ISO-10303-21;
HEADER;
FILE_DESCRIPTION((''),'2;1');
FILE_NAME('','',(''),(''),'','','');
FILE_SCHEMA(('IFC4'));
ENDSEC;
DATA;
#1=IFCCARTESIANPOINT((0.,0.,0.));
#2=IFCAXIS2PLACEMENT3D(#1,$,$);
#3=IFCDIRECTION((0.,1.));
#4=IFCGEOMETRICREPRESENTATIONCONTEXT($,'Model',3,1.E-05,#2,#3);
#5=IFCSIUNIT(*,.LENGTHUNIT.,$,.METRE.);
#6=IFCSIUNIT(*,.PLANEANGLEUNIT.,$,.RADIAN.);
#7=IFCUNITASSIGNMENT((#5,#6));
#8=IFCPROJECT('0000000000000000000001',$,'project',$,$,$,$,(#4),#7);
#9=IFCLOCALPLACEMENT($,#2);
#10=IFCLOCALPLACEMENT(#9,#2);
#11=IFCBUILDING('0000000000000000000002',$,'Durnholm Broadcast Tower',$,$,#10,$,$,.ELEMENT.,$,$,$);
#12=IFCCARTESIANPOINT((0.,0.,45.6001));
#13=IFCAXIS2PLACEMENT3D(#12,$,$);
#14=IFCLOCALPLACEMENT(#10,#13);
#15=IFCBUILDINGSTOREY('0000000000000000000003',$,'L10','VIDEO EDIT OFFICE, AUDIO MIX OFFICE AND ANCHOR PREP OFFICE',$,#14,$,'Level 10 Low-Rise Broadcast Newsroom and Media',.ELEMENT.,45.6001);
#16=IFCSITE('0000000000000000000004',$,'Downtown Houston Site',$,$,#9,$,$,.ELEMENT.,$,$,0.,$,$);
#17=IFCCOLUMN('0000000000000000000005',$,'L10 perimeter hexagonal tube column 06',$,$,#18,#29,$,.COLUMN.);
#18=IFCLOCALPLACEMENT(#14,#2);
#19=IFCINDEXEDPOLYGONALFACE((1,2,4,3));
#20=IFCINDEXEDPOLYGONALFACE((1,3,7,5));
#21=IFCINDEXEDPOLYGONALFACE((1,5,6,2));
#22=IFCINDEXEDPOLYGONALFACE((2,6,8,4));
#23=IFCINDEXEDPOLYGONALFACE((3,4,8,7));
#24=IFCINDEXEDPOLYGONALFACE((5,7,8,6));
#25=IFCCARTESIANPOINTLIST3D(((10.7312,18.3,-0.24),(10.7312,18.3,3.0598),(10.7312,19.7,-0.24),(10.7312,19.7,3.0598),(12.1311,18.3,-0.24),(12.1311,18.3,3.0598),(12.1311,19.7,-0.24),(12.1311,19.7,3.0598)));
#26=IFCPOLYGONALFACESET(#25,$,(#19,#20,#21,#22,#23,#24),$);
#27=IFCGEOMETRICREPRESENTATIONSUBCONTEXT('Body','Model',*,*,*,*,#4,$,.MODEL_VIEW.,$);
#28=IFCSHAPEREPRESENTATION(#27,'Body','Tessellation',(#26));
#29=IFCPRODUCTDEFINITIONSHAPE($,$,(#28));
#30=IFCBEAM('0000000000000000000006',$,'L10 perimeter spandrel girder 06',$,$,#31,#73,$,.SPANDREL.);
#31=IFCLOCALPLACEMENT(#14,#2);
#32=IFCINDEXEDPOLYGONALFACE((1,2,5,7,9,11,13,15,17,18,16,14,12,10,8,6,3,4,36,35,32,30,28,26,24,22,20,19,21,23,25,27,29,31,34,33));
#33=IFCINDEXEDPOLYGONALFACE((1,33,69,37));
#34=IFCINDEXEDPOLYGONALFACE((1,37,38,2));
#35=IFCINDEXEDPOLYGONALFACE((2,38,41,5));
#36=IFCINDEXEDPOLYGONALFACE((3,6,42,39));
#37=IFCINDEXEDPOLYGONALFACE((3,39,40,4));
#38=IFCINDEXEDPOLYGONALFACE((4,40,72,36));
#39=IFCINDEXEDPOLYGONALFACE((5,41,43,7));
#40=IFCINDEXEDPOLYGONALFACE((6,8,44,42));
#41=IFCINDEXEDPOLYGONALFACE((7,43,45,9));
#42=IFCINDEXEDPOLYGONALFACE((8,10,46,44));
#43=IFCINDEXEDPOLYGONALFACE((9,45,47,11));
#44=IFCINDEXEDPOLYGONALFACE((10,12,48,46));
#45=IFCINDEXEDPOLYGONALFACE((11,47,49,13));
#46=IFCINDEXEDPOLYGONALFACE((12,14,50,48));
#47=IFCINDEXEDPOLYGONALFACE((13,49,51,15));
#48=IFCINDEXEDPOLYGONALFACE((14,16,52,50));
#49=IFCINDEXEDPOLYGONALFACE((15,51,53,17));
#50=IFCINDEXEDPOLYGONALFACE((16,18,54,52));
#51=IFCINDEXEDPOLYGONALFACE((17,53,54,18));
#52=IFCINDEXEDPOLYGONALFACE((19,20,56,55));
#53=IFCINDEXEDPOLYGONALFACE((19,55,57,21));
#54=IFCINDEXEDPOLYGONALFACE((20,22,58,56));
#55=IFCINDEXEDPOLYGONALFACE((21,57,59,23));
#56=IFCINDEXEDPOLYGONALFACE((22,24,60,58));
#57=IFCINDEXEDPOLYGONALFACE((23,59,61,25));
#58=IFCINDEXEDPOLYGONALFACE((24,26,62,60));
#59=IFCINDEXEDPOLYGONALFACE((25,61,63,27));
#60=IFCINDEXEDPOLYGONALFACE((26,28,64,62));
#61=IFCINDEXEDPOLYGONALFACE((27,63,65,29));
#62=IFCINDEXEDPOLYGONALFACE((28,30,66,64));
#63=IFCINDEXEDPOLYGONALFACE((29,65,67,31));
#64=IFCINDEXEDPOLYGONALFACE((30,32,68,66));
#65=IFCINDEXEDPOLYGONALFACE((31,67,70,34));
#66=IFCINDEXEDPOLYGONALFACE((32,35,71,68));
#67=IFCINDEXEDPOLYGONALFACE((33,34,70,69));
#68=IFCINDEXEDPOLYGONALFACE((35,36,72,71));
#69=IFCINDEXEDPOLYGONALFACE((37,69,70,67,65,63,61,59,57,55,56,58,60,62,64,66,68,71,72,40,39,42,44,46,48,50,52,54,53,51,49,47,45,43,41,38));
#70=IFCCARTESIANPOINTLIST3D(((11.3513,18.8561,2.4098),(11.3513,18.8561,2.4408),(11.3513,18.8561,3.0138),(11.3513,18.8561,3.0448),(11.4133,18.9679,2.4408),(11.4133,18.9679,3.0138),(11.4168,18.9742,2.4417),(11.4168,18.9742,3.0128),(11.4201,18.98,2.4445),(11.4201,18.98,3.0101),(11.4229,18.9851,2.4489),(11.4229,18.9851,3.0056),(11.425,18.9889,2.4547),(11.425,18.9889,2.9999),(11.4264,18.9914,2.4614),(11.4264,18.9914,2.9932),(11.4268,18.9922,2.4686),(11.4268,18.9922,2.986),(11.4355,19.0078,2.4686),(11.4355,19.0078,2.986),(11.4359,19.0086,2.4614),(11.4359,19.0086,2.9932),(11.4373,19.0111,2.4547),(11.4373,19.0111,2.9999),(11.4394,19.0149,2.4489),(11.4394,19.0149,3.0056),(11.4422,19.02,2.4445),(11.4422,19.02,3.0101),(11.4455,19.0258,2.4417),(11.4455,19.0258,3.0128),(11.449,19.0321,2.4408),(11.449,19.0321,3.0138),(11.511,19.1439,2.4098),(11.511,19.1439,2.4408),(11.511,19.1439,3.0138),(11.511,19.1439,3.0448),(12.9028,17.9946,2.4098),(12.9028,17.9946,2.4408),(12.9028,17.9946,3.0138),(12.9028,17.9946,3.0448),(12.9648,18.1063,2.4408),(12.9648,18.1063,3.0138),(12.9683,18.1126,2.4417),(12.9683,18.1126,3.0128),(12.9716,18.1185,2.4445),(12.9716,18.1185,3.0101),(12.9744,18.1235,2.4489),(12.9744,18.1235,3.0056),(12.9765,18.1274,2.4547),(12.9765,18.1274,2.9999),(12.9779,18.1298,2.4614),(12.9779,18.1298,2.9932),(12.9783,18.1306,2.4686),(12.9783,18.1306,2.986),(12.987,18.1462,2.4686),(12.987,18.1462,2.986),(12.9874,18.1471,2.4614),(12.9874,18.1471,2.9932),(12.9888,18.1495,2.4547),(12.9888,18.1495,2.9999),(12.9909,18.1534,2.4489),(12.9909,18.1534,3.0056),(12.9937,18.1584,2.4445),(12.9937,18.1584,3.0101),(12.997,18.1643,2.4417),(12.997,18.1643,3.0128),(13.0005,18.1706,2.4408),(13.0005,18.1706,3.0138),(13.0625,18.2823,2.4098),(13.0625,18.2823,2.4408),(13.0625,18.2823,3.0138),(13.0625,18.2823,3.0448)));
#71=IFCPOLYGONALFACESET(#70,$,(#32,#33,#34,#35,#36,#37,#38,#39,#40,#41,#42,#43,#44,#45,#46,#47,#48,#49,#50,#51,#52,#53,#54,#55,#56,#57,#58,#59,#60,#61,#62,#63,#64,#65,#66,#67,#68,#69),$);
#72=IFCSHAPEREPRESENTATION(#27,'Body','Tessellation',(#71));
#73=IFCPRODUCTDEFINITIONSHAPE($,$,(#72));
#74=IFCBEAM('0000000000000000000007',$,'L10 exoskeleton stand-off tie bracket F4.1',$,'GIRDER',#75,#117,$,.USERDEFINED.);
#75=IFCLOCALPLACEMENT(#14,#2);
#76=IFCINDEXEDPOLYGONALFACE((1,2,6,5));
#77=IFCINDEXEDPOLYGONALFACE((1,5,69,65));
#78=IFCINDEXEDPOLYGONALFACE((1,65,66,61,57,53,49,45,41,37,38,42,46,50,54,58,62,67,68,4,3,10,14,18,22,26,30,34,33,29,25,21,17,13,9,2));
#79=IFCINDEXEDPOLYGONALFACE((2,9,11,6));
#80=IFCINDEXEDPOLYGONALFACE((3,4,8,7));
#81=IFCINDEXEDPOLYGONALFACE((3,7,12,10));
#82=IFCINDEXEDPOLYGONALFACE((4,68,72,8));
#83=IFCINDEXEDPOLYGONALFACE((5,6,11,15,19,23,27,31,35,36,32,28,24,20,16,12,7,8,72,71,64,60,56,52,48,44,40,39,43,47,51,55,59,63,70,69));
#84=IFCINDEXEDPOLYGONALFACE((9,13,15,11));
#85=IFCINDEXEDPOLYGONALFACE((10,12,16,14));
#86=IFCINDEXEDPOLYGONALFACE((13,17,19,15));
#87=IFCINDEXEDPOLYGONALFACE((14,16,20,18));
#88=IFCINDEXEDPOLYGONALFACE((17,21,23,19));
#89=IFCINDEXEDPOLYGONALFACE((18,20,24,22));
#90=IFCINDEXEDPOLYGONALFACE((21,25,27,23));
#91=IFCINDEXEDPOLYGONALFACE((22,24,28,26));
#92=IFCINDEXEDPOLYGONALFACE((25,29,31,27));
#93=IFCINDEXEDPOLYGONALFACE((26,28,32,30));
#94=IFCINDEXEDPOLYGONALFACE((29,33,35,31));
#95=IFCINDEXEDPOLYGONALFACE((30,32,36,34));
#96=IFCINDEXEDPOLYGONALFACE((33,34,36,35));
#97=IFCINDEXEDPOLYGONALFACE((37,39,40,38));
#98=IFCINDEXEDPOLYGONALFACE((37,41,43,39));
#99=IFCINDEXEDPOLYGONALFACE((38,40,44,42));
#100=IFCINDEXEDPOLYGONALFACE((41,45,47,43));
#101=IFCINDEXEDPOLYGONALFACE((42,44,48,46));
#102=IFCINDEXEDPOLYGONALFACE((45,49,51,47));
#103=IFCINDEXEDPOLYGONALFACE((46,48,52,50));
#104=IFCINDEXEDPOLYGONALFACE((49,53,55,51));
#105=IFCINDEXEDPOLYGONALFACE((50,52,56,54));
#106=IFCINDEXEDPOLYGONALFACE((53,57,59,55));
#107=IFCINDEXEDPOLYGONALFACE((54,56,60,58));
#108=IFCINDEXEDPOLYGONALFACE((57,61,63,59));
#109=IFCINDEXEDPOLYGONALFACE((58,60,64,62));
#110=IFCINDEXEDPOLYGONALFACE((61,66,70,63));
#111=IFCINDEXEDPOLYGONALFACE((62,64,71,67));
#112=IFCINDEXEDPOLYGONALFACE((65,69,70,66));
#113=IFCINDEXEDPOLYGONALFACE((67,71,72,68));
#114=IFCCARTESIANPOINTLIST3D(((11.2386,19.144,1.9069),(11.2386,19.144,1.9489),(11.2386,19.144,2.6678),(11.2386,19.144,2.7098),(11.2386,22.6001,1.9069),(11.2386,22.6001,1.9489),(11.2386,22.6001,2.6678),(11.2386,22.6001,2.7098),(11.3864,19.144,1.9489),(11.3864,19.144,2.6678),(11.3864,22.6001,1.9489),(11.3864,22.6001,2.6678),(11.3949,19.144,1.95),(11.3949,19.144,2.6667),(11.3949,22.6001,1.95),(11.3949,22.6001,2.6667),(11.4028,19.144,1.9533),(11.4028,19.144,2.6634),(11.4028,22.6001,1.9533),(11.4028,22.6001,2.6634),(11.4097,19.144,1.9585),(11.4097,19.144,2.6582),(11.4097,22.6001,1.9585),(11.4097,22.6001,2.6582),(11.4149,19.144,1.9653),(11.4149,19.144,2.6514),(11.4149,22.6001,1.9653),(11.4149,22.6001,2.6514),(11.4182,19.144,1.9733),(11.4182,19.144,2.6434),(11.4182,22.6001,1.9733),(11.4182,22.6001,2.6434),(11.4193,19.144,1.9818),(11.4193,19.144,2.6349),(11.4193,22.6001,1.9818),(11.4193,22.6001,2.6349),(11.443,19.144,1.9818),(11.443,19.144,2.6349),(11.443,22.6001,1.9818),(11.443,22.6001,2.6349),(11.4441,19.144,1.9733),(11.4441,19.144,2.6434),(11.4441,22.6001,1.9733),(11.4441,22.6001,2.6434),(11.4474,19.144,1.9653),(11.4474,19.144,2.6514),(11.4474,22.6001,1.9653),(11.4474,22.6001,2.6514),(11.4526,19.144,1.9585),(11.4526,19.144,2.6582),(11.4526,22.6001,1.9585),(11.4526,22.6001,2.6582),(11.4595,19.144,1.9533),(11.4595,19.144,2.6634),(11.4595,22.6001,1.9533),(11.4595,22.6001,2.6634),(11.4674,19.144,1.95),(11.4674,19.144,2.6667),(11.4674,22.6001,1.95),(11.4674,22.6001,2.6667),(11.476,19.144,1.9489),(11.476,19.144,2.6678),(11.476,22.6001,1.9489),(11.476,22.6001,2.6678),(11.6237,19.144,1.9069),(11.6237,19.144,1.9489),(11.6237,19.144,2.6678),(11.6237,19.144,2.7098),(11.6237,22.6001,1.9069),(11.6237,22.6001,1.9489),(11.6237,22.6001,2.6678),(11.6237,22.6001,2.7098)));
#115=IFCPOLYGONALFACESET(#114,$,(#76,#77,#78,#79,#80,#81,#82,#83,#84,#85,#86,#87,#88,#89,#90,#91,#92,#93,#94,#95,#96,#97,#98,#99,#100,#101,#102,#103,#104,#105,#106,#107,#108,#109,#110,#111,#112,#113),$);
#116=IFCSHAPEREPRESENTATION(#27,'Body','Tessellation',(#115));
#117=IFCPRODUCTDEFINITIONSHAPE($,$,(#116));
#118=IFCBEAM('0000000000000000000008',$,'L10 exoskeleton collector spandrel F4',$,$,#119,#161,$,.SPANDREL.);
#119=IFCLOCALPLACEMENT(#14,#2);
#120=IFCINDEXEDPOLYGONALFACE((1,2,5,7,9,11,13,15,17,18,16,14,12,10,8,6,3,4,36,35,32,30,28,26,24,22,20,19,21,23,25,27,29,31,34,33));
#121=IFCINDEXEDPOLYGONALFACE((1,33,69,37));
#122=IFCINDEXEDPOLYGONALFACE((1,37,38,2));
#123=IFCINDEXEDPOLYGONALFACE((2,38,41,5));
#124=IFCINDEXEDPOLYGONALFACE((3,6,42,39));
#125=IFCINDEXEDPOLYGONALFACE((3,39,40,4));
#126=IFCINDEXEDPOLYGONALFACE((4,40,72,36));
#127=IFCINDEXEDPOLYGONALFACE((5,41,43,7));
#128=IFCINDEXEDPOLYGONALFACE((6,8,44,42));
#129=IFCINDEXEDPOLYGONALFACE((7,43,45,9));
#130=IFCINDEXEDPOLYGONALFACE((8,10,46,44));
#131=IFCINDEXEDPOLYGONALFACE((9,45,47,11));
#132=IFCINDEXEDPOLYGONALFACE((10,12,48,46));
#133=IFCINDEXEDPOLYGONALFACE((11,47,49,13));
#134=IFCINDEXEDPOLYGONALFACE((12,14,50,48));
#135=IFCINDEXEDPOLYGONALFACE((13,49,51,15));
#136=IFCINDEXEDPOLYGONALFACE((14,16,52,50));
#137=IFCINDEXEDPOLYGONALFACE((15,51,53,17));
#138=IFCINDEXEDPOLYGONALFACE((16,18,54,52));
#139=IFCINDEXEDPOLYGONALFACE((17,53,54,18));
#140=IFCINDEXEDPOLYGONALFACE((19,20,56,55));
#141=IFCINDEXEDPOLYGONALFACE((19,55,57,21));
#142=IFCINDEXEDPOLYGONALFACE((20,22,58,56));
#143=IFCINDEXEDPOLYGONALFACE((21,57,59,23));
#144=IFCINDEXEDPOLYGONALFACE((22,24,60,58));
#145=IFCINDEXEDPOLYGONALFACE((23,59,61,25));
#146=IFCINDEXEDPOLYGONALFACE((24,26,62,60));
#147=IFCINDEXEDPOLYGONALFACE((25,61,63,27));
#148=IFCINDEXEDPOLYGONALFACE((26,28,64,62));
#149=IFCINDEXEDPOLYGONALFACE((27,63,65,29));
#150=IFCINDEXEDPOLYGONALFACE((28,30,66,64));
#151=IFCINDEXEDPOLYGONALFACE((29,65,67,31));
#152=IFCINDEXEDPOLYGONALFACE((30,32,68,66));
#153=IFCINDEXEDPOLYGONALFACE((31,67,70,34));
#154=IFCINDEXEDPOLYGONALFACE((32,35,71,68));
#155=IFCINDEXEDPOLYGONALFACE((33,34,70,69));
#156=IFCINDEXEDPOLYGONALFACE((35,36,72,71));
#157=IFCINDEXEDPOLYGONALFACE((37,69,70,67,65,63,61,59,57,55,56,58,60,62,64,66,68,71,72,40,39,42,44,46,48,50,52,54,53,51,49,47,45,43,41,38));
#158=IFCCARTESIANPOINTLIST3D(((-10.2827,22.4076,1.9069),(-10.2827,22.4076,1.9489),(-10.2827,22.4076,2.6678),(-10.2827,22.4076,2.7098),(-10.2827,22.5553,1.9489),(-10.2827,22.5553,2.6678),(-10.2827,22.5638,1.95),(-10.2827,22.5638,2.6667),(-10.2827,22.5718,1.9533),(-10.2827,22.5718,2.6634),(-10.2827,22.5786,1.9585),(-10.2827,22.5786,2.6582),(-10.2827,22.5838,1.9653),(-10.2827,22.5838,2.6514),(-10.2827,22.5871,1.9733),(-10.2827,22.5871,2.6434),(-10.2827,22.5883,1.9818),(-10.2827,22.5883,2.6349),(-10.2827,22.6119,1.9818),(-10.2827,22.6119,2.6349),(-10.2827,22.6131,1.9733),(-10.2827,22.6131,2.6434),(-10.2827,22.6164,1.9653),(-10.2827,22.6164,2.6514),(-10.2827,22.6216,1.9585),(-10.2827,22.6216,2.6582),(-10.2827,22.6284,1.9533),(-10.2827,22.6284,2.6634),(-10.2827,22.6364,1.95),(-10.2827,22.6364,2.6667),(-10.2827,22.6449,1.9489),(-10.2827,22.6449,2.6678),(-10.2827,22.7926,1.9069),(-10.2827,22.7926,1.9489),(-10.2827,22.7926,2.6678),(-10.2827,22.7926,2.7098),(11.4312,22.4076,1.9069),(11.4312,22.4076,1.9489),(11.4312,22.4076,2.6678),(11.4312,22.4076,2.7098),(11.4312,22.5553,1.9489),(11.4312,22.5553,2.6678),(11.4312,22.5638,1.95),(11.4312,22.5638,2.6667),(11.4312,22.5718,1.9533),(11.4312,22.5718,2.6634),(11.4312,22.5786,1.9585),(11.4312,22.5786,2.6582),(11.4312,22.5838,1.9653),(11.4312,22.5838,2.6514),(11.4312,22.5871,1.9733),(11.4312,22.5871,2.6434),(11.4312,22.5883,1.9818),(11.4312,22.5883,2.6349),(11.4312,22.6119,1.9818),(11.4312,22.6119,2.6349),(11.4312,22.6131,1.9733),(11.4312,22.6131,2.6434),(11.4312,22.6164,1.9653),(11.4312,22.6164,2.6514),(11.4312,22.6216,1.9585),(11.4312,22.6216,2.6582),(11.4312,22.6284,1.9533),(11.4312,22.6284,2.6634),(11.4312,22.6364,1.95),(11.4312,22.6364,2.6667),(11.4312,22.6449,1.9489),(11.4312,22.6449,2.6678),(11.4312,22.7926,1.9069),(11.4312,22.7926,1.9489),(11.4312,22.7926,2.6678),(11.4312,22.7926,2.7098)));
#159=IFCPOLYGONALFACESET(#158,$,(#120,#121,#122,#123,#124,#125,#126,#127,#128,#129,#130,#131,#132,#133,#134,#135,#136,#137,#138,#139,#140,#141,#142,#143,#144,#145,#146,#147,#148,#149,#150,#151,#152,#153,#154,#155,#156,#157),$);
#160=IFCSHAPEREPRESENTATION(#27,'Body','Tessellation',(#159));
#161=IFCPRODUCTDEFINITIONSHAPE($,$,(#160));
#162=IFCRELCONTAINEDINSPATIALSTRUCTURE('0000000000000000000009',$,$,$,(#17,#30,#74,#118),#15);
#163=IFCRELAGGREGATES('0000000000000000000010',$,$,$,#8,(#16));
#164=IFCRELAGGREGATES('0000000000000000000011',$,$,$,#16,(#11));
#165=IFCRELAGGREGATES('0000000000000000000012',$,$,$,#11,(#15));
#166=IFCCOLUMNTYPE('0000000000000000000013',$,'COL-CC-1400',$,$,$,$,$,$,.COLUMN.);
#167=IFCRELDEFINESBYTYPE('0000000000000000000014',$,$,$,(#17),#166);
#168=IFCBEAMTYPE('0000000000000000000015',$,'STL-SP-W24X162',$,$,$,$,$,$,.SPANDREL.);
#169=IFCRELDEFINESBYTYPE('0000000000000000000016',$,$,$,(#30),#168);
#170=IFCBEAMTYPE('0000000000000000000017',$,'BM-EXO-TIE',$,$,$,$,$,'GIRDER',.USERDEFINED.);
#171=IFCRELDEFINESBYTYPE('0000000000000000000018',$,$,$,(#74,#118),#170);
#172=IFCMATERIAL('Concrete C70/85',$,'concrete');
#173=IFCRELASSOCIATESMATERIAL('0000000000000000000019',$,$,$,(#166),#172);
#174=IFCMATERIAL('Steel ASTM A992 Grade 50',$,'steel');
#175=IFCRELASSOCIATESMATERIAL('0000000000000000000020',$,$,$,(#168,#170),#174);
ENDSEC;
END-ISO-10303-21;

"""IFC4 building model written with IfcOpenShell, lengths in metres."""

from ifc_helpers import new_model, si_unit, direction, frame, origin, origin_2d, place, context, subcontext, project, spatial, rectangle, i_section, extrude, source, transform, mapped, material, material_profile, profile_set, type_object, type_shapes, element, save


model = new_model("IFC4")

# Units and contexts
model_context = context("Model", 3, precision=1e-05, world=origin(), true_north=direction((0.0, 1.0)))
body_context = subcontext(model_context, "Body", "Model", "MODEL_VIEW")
ifc_project = project(units=[si_unit("LENGTHUNIT", "METRE"), si_unit("PLANEANGLEUNIT", "RADIAN")], contexts=[model_context])

# Site, building, storey
site_placement = place(None, origin())
site = spatial("IfcSite", under=ifc_project, at=site_placement, Name="Downtown Houston Site", CompositionType="ELEMENT", RefElevation=0.0)
building_placement = place(site_placement, origin())
building = spatial("IfcBuilding", under=site, at=building_placement, Name="Durnholm Broadcast Tower", CompositionType="ELEMENT")
storey_placement = place(building_placement, frame((0.0, 0.0, 45.6001)))
storey = spatial("IfcBuildingStorey", under=building, at=storey_placement, Name="L10", Description="VIDEO EDIT OFFICE, AUDIO MIX OFFICE AND ANCHOR PREP OFFICE", LongName="Level 10 Low-Rise Broadcast Newsroom and Media", CompositionType="ELEMENT", Elevation=45.6001)

# Column
ifc_material_1 = material(Name="Concrete C70/85", Category="concrete")
ifc_material_profile_1 = material_profile(ifc_material_1, rectangle(XDim=1.3999, YDim=1.3999, at=origin_2d()), Name="RC1400X1400")
ifc_profile_set_1 = profile_set([ifc_material_profile_1], Name="Concrete C70/85")
column_type = type_object("IfcColumnType", Name="COL-CC-1400", PredefinedType="COLUMN", material=ifc_profile_set_1)
shared_shape_1 = source(origin(), body_context, "Body", "SweptSolid", [
    extrude(rectangle(XDim=1.3999, YDim=1.3999, at=origin_2d()), origin(), (0.0, 0.0, 1.0), 3.2998),
])
type_shapes(column_type, [shared_shape_1])
column_placement = place(storey_placement, frame((11.4312, 19.0, -0.24), z_axis=(0.0, 0.0, 1.0), x_axis=(1.0, 0.0, 0.0)))
element("IfcColumn", 1, at=column_placement, inside=storey, type_object=column_type, Name="L10 perimeter hexagonal tube column 06", PredefinedType="COLUMN", context=body_context, shape_type="MappedRepresentation", body=[
    mapped(shared_shape_1, transform((0.0, 0.0, 0.0), x_axis=(1.0, 0.0, 0.0), y_axis=(0.0, 1.0, 0.0), z_axis=(0.0, 0.0, 1.0), scale=1.0)),
])

# Beams
ifc_material_2 = material(Name="Steel ASTM A992 Grade 50", Category="steel")
ifc_material_profile_2 = material_profile(ifc_material_2, i_section(OverallWidth=0.3291, OverallDepth=0.635, WebThickness=0.0178, FlangeThickness=0.031, FilletRadius=0.0278, at=origin_2d()), Name="W24X162")
ifc_profile_set_2 = profile_set([ifc_material_profile_2], Name="Steel ASTM A992 Grade 50")
beam_type_1 = type_object("IfcBeamType", Name="STL-SP-W24X162", PredefinedType="SPANDREL", material=ifc_profile_set_2)
shared_shape_2 = source(origin(), body_context, "Body", "SweptSolid", [
    extrude(i_section(OverallWidth=0.3291, OverallDepth=0.635, WebThickness=0.0178, FlangeThickness=0.031, FilletRadius=0.0278, at=origin_2d()), origin(), (0.0, 0.0, 1.0), 1.7747),
])
type_shapes(beam_type_1, [shared_shape_2])
beam_1_placement = place(storey_placement, frame((11.4312, 19.0, 2.7273), z_axis=(0.874248, -0.485479, 0.0), x_axis=(0.485479, 0.874248, 0.0)))
element("IfcBeam", 2, at=beam_1_placement, inside=storey, type_object=beam_type_1, Name="L10 perimeter spandrel girder 06", PredefinedType="SPANDREL", context=body_context, shape_type="MappedRepresentation", body=[
    mapped(shared_shape_2, transform((0.0, 0.0, 0.0), x_axis=(1.0, 0.0, 0.0), y_axis=(0.0, 1.0, 0.0), z_axis=(0.0, 0.0, 1.0), scale=1.0)),
])
ifc_material_profile_3 = material_profile(ifc_material_2, i_section(OverallWidth=0.385, OverallDepth=0.803, WebThickness=0.0237, FlangeThickness=0.042, FilletRadius=0.033, at=origin_2d()), Name="W30X261")
ifc_profile_set_3 = profile_set([ifc_material_profile_3], Name="Steel ASTM A992 Grade 50")
beam_type_2 = type_object("IfcBeamType", Name="BM-EXO-TIE", ElementType="GIRDER", PredefinedType="USERDEFINED", material=ifc_profile_set_3)
shared_shape_3 = source(origin(), body_context, "Body", "SweptSolid", [
    extrude(i_section(OverallWidth=0.385, OverallDepth=0.803, WebThickness=0.0237, FlangeThickness=0.042, FilletRadius=0.033, at=origin_2d()), origin(), (0.0, 0.0, 1.0), 3.4561),
])
beam_2_placement = place(storey_placement, frame((11.4312, 19.144, 2.3083), z_axis=(0.0, 1.0, 0.0), x_axis=(-1.0, 0.0, 0.0)))
element("IfcBeam", 3, at=beam_2_placement, inside=storey, type_object=beam_type_2, Name="L10 exoskeleton stand-off tie bracket F4.1", ObjectType="GIRDER", PredefinedType="USERDEFINED", context=body_context, shape_type="MappedRepresentation", body=[
    mapped(shared_shape_3, transform((0.0, 0.0, 0.0), x_axis=(1.0, 0.0, 0.0), y_axis=(0.0, 1.0, 0.0), z_axis=(0.0, 0.0, 1.0), scale=1.0)),
])
shared_shape_4 = source(origin(), body_context, "Body", "SweptSolid", [
    extrude(i_section(OverallWidth=0.385, OverallDepth=0.803, WebThickness=0.0237, FlangeThickness=0.042, FilletRadius=0.033, at=origin_2d()), origin(), (0.0, 0.0, 1.0), 21.7139),
])
type_shapes(beam_type_2, [shared_shape_3, shared_shape_4])
beam_3_placement = place(storey_placement, frame((11.4312, 22.6001, 2.3083), z_axis=(-1.0, 0.0, 0.0), x_axis=(0.0, -1.0, 0.0)))
element("IfcBeam", 4, at=beam_3_placement, inside=storey, type_object=beam_type_2, Name="L10 exoskeleton collector spandrel F4", PredefinedType="SPANDREL", context=body_context, shape_type="MappedRepresentation", body=[
    mapped(shared_shape_4, transform((0.0, 0.0, 0.0), x_axis=(1.0, 0.0, 0.0), y_axis=(0.0, 1.0, 0.0), z_axis=(0.0, 0.0, 1.0), scale=1.0)),
])

save(model, "model.ifc")
